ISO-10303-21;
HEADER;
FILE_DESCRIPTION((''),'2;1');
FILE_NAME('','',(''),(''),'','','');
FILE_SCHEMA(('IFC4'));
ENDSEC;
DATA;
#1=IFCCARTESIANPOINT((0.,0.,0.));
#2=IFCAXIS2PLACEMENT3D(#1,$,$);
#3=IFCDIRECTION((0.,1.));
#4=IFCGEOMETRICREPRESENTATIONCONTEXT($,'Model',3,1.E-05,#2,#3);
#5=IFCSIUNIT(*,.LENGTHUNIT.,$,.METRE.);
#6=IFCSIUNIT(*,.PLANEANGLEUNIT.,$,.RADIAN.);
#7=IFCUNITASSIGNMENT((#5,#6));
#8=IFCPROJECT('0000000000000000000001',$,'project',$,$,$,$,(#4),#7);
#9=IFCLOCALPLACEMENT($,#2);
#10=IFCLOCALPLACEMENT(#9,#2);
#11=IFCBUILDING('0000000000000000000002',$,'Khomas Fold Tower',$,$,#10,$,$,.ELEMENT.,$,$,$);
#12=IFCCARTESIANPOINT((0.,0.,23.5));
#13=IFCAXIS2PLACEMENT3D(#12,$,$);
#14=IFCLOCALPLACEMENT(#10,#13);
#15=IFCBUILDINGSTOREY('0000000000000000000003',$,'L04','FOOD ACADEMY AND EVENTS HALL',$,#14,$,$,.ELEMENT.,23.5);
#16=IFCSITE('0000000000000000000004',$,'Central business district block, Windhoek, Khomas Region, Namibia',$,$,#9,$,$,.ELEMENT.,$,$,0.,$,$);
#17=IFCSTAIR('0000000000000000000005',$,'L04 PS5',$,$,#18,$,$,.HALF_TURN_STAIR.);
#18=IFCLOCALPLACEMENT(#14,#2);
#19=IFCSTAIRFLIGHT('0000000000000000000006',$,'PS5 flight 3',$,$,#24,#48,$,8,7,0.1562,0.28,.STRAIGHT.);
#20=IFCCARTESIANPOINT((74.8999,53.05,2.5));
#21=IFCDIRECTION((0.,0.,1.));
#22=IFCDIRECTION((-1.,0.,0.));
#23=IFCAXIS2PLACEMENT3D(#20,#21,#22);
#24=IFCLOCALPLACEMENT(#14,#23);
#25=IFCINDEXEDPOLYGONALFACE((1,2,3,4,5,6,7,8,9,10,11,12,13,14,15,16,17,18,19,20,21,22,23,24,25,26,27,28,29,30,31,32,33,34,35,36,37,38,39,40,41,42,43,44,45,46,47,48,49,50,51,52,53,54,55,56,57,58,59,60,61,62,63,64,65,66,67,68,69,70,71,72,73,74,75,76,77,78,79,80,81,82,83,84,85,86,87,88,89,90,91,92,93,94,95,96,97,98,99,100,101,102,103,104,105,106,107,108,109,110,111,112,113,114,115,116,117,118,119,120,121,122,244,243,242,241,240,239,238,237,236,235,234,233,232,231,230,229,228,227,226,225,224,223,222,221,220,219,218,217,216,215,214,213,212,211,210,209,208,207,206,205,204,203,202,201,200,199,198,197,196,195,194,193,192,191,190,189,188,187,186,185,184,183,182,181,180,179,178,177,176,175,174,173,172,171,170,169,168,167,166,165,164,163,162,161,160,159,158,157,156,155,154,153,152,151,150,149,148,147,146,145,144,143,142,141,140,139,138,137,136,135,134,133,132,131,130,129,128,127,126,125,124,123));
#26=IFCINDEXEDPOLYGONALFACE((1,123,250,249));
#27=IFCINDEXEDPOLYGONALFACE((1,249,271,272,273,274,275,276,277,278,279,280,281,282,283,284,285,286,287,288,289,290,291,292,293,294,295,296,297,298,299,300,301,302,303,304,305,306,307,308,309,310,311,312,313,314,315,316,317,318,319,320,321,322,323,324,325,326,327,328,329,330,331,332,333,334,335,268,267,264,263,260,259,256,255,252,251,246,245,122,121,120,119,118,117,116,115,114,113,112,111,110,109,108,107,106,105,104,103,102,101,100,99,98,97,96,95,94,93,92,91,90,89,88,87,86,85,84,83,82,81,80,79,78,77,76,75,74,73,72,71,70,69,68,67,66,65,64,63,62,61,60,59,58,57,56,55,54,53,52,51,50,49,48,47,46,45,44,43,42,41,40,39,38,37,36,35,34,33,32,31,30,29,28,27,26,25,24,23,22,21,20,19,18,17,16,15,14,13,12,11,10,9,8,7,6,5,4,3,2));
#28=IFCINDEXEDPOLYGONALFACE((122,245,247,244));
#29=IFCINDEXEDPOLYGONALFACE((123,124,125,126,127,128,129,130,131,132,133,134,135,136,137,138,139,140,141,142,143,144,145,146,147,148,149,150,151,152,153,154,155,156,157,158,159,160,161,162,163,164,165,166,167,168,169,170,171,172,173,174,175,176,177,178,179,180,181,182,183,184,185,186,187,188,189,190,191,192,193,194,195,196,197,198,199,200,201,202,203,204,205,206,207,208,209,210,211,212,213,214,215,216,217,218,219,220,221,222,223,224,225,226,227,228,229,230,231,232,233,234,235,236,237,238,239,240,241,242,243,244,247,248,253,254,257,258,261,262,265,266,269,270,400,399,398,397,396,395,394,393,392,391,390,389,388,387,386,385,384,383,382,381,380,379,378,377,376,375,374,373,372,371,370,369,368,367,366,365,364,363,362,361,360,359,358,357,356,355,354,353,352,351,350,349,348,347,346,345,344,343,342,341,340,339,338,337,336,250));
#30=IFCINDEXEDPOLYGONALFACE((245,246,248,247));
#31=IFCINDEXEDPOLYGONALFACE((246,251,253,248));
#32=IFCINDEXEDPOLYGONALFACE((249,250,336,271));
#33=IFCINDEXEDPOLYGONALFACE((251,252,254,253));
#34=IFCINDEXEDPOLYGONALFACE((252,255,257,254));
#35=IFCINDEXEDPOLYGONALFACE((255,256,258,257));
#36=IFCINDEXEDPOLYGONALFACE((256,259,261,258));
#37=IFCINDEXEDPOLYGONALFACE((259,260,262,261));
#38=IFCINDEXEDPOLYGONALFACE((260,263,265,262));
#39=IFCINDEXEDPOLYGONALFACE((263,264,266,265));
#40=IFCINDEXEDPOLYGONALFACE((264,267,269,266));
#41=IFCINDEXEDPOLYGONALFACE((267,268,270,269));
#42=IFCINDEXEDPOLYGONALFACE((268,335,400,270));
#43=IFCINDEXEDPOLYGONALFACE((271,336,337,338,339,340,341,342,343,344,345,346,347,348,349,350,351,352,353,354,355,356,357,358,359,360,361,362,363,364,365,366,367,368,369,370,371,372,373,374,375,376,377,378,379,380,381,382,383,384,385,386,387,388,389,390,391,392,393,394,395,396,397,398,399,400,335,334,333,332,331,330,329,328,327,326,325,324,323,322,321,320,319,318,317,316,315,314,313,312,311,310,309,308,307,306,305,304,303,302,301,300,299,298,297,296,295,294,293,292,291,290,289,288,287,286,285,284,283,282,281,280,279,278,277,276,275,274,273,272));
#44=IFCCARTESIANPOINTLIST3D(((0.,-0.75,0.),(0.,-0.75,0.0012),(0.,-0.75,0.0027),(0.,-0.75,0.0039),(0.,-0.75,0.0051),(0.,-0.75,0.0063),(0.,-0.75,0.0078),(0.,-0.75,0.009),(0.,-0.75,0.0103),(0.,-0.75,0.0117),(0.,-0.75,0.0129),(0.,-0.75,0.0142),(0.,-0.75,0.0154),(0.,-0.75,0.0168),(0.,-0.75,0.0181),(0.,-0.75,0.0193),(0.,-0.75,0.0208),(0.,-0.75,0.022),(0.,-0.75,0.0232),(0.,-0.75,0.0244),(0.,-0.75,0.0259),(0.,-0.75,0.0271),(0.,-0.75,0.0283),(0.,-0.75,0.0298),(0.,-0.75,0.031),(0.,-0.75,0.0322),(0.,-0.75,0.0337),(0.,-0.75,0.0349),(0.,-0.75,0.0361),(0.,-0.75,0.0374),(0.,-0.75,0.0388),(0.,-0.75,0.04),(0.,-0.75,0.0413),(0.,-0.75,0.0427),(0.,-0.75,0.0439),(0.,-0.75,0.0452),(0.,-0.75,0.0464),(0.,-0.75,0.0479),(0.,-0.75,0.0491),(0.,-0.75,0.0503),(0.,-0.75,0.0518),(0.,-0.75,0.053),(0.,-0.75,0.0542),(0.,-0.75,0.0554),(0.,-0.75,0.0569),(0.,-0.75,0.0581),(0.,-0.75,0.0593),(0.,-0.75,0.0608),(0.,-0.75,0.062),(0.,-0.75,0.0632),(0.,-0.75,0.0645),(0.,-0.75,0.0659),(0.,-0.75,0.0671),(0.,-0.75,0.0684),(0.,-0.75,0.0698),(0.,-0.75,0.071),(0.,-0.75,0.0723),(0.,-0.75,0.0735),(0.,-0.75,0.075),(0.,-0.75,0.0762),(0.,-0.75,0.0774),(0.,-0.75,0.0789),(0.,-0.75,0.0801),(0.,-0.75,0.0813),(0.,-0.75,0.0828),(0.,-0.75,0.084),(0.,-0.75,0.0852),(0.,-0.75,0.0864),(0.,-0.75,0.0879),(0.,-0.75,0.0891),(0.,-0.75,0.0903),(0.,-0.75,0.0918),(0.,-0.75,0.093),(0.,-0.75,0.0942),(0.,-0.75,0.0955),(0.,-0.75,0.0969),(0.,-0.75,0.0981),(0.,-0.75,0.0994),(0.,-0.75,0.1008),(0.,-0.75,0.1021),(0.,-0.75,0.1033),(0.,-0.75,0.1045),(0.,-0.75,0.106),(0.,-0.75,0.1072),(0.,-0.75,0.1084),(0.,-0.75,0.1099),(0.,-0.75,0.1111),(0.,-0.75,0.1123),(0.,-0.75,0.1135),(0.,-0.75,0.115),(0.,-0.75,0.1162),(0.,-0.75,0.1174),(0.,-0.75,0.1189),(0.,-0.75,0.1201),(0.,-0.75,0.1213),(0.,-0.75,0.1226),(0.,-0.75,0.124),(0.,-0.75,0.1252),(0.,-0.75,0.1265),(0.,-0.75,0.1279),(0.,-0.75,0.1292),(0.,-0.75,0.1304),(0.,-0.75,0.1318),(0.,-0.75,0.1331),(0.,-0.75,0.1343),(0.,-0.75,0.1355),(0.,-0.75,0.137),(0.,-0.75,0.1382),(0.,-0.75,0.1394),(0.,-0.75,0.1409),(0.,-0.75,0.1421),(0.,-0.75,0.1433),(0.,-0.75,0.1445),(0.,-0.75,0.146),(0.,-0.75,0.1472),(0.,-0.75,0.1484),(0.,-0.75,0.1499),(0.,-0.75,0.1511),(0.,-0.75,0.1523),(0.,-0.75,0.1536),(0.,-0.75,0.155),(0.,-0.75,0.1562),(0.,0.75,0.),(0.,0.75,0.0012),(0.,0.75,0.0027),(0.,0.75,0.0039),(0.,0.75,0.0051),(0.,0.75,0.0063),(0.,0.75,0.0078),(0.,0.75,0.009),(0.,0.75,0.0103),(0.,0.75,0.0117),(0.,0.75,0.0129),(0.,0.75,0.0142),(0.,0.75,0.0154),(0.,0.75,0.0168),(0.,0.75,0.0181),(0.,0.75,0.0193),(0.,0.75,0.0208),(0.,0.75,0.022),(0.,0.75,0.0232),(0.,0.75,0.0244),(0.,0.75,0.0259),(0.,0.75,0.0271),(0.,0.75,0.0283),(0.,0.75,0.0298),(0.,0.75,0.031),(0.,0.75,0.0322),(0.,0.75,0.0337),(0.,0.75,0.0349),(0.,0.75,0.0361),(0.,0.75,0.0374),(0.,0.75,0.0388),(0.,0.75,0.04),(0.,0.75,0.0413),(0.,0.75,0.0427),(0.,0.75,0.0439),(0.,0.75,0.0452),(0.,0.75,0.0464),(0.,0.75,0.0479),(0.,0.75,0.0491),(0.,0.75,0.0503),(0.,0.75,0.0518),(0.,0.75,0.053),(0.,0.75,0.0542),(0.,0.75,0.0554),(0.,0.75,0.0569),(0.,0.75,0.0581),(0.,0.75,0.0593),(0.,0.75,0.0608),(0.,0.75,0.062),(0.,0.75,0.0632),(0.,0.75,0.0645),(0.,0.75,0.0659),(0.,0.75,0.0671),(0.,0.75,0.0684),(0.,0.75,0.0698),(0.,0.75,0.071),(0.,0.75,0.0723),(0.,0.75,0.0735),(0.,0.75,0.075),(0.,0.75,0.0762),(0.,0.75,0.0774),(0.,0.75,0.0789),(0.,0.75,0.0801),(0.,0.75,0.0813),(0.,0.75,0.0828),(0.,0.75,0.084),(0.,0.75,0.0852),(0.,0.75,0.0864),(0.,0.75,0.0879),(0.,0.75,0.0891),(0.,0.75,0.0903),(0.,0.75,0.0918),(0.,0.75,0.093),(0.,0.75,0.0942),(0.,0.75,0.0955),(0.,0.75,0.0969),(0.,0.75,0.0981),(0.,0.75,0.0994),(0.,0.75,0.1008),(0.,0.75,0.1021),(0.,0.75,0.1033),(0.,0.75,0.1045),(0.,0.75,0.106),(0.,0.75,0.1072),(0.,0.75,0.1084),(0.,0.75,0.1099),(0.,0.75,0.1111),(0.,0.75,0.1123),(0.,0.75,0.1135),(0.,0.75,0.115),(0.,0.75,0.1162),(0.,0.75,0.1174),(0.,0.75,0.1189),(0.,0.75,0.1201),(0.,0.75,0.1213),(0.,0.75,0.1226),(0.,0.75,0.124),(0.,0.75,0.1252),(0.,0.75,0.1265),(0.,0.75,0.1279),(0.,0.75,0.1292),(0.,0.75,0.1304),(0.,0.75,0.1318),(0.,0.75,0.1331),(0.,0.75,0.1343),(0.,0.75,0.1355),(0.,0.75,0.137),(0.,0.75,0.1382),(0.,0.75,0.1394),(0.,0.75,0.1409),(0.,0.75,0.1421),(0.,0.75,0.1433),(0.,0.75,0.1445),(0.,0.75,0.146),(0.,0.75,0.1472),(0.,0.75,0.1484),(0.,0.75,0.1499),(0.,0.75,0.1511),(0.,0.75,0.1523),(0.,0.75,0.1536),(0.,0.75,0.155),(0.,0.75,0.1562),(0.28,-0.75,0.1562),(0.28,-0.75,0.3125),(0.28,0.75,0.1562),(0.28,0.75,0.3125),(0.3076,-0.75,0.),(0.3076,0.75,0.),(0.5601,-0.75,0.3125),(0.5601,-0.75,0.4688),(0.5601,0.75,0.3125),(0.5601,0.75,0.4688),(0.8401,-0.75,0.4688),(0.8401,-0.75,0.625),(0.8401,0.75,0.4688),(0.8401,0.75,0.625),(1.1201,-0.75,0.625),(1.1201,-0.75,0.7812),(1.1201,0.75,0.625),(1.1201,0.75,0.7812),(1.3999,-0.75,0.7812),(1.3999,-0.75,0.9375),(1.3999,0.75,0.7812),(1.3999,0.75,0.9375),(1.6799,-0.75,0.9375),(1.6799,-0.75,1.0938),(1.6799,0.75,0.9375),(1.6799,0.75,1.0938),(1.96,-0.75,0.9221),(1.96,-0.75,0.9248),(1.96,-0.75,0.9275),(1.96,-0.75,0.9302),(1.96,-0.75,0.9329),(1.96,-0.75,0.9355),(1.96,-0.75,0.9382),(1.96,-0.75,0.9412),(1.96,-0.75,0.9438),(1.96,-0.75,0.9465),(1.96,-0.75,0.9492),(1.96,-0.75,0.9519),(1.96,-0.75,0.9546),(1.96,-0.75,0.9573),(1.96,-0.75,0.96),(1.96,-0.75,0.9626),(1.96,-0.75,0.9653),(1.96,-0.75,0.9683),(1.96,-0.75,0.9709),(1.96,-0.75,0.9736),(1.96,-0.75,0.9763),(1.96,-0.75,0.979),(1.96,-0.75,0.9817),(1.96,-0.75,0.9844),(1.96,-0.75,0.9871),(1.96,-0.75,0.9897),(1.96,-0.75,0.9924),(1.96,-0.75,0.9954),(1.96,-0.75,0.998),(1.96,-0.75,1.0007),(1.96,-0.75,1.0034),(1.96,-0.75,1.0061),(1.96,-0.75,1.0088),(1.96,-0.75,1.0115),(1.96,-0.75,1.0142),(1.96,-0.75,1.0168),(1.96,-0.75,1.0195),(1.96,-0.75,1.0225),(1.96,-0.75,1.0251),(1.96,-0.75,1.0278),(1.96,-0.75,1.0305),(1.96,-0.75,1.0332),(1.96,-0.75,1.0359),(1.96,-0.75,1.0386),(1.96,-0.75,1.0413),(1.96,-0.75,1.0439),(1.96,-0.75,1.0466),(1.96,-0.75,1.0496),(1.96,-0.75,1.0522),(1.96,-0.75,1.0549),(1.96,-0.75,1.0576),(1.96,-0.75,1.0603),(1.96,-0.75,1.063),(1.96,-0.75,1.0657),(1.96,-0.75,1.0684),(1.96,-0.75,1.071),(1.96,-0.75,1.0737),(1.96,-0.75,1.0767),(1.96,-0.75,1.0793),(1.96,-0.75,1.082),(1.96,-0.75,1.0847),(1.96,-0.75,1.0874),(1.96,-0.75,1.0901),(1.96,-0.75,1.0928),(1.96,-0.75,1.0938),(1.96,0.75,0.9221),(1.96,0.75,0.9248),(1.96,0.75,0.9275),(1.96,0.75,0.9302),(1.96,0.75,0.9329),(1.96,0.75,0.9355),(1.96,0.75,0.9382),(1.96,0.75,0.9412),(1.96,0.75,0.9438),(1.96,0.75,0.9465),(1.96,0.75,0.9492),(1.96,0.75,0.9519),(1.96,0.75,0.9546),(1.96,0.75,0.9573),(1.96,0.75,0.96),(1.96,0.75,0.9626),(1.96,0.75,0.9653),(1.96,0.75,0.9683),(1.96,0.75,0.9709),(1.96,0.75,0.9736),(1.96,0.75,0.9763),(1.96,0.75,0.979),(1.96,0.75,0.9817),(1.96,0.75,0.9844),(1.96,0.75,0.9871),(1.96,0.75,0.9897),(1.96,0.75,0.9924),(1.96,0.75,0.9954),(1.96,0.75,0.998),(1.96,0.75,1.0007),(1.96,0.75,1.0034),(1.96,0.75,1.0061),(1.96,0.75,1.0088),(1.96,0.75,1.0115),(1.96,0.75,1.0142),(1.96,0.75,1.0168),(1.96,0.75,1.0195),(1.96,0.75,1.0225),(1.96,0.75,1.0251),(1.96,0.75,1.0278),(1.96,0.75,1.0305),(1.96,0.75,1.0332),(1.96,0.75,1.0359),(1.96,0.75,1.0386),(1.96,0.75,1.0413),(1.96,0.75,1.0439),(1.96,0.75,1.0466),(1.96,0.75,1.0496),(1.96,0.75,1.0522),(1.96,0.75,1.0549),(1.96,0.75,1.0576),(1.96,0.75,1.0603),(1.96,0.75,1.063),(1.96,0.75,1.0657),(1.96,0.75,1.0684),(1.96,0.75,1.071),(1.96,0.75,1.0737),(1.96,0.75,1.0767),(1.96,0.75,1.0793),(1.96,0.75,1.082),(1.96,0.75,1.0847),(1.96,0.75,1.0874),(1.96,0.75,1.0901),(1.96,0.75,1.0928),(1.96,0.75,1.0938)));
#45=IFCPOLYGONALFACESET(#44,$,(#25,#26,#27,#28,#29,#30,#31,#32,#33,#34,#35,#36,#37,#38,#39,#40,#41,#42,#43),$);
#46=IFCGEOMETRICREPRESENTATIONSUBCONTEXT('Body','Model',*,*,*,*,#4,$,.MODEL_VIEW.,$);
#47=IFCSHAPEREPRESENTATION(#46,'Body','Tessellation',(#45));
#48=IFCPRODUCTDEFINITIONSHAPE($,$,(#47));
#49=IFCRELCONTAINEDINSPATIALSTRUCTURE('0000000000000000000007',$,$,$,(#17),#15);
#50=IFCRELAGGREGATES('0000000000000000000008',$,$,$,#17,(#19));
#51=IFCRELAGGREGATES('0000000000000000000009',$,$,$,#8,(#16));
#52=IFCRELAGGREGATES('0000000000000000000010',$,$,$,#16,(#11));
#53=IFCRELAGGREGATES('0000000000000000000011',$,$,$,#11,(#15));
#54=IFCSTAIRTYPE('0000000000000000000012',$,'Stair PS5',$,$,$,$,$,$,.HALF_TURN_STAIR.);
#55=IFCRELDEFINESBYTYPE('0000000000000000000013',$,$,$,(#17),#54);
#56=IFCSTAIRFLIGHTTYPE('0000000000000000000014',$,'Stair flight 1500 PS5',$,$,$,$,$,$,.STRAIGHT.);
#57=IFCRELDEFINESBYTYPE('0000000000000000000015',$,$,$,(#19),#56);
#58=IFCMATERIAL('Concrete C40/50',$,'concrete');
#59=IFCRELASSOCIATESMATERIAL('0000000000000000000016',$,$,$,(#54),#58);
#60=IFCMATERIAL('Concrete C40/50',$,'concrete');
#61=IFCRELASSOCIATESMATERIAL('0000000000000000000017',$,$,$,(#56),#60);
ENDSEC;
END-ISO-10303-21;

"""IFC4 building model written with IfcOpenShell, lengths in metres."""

from ifc_helpers import new_model, si_unit, direction, frame, origin, place, context, subcontext, project, spatial, polyline, outline, extrude, source, transform, mapped, material, type_object, element, aggregate, save


model = new_model("IFC4")

# Units and contexts
model_context = context("Model", 3, precision=1e-05, world=origin(), true_north=direction((0.0, 1.0)))
body_context = subcontext(model_context, "Body", "Model", "MODEL_VIEW")
ifc_project = project(units=[si_unit("LENGTHUNIT", "METRE"), si_unit("PLANEANGLEUNIT", "RADIAN")], contexts=[model_context])

# Site, building, storey
site_placement = place(None, origin())
site = spatial("IfcSite", under=ifc_project, at=site_placement, Name="Central business district block, Windhoek, Khomas Region, Namibia", CompositionType="ELEMENT", RefElevation=0.0)
building_placement = place(site_placement, origin())
building = spatial("IfcBuilding", under=site, at=building_placement, Name="Khomas Fold Tower", CompositionType="ELEMENT")
storey_placement = place(building_placement, frame((0.0, 0.0, 23.5)))
storey = spatial("IfcBuildingStorey", under=building, at=storey_placement, Name="L04", Description="FOOD ACADEMY AND EVENTS HALL", CompositionType="ELEMENT", Elevation=23.5)

# Stair, stair flight
ifc_material_1 = material(Name="Concrete C40/50", Category="concrete")
stair_type = type_object("IfcStairType", Name="Stair PS5", PredefinedType="HALF_TURN_STAIR", material=ifc_material_1)
stair_placement = place(storey_placement, origin())
stair = element("IfcStair", 1, at=stair_placement, inside=storey, type_object=stair_type, Name="L04 PS5", PredefinedType="HALF_TURN_STAIR")
ifc_material_2 = material(Name="Concrete C40/50", Category="concrete")
stair_flight_type = type_object("IfcStairFlightType", Name="Stair flight 1500 PS5", PredefinedType="STRAIGHT", material=ifc_material_2)
shared_shape_1 = source(origin(), body_context, "Body", "SweptSolid", [
    extrude(outline(polyline([(0.0, 0.0), (0.0, 0.0012), (0.0, 0.0027), (0.0, 0.0039), (0.0, 0.0051), (0.0, 0.0063), (0.0, 0.0078), (0.0, 0.009), (0.0, 0.0103), (0.0, 0.0117), (0.0, 0.0129), (0.0, 0.0142), (0.0, 0.0154), (0.0, 0.0168), (0.0, 0.0181), (0.0, 0.0193), (0.0, 0.0208), (0.0, 0.022), (0.0, 0.0232), (0.0, 0.0244), (0.0, 0.0259), (0.0, 0.0271), (0.0, 0.0283), (0.0, 0.0298), (0.0, 0.031), (0.0, 0.0322), (0.0, 0.0337), (0.0, 0.0349), (0.0, 0.0361), (0.0, 0.0374), (0.0, 0.0388), (0.0, 0.04), (0.0, 0.0413), (0.0, 0.0427), (0.0, 0.0439), (0.0, 0.0452), (0.0, 0.0464), (0.0, 0.0479), (0.0, 0.0491), (0.0, 0.0503), (0.0, 0.0518), (0.0, 0.053), (0.0, 0.0542), (0.0, 0.0554), (0.0, 0.0569), (0.0, 0.0581), (0.0, 0.0593), (0.0, 0.0608), (0.0, 0.062), (0.0, 0.0632), (0.0, 0.0645), (0.0, 0.0659), (0.0, 0.0671), (0.0, 0.0684), (0.0, 0.0698), (0.0, 0.071), (0.0, 0.0723), (0.0, 0.0735), (0.0, 0.075), (0.0, 0.0762), (0.0, 0.0774), (0.0, 0.0789), (0.0, 0.0801), (0.0, 0.0813), (0.0, 0.0828), (0.0, 0.084), (0.0, 0.0852), (0.0, 0.0864), (0.0, 0.0879), (0.0, 0.0891), (0.0, 0.0903), (0.0, 0.0918), (0.0, 0.093), (0.0, 0.0942), (0.0, 0.0955), (0.0, 0.0969), (0.0, 0.0981), (0.0, 0.0994), (0.0, 0.1008), (0.0, 0.1021), (0.0, 0.1033), (0.0, 0.1045), (0.0, 0.106), (0.0, 0.1072), (0.0, 0.1084), (0.0, 0.1099), (0.0, 0.1111), (0.0, 0.1123), (0.0, 0.1135), (0.0, 0.115), (0.0, 0.1162), (0.0, 0.1174), (0.0, 0.1189), (0.0, 0.1201), (0.0, 0.1213), (0.0, 0.1226), (0.0, 0.124), (0.0, 0.1252), (0.0, 0.1265), (0.0, 0.1279), (0.0, 0.1292), (0.0, 0.1304), (0.0, 0.1318), (0.0, 0.1331), (0.0, 0.1343), (0.0, 0.1355), (0.0, 0.137), (0.0, 0.1382), (0.0, 0.1394), (0.0, 0.1409), (0.0, 0.1421), (0.0, 0.1433), (0.0, 0.1445), (0.0, 0.146), (0.0, 0.1472), (0.0, 0.1484), (0.0, 0.1499), (0.0, 0.1511), (0.0, 0.1523), (0.0, 0.1536), (0.0, 0.155), (0.0, 0.1562), (0.28, 0.1562), (0.28, 0.3125), (0.5601, 0.3125), (0.5601, 0.4688), (0.8401, 0.4688), (0.8401, 0.625), (1.1201, 0.625), (1.1201, 0.7812), (1.3999, 0.7812), (1.3999, 0.9375), (1.6799, 0.9375), (1.6799, 1.0938), (1.96, 1.0938), (1.96, 1.25), (1.96, 1.2473), (1.96, 1.2446), (1.96, 1.2419), (1.96, 1.2393), (1.96, 1.2363), (1.96, 1.2336), (1.96, 1.231), (1.96, 1.2283), (1.96, 1.2256), (1.96, 1.2229), (1.96, 1.2202), (1.96, 1.2175), (1.96, 1.2148), (1.96, 1.2122), (1.96, 1.2092), (1.96, 1.2065), (1.96, 1.2039), (1.96, 1.2012), (1.96, 1.1985), (1.96, 1.1958), (1.96, 1.1931), (1.96, 1.1904), (1.96, 1.1877), (1.96, 1.1851), (1.96, 1.1821), (1.96, 1.1794), (1.96, 1.1768), (1.96, 1.1741), (1.96, 1.1714), (1.96, 1.1687), (1.96, 1.166), (1.96, 1.1633), (1.96, 1.1606), (1.96, 1.158), (1.96, 1.155), (1.96, 1.1523), (1.96, 1.1497), (1.96, 1.147), (1.96, 1.1443), (1.96, 1.1416), (1.96, 1.1389), (1.96, 1.1362), (1.96, 1.1335), (1.96, 1.1309), (1.96, 1.1279), (1.96, 1.1252), (1.96, 1.1226), (1.96, 1.1199), (1.96, 1.1172), (1.96, 1.1145), (1.96, 1.1118), (1.96, 1.1091), (1.96, 1.1064), (1.96, 1.1038), (1.96, 1.1008), (1.96, 1.0981), (1.96, 1.0955), (1.96, 1.0928), (1.96, 1.0901), (1.96, 1.0874), (1.96, 1.0847), (1.96, 1.082), (1.96, 1.0793), (1.96, 1.0767), (1.96, 1.0737), (1.96, 1.071), (1.96, 1.0684), (1.96, 1.0657), (1.96, 1.063), (1.96, 1.0603), (1.96, 1.0576), (1.96, 1.0549), (1.96, 1.0522), (1.96, 1.0496), (1.96, 1.0466), (1.96, 1.0439), (1.96, 1.0413), (1.96, 1.0386), (1.96, 1.0359), (1.96, 1.0332), (1.96, 1.0305), (1.96, 1.0278), (1.96, 1.0251), (1.96, 1.0225), (1.96, 1.0195), (1.96, 1.0168), (1.96, 1.0142), (1.96, 1.0115), (1.96, 1.0088), (1.96, 1.0061), (1.96, 1.0034), (1.96, 1.0007), (1.96, 0.998), (1.96, 0.9954), (1.96, 0.9924), (1.96, 0.9897), (1.96, 0.9871), (1.96, 0.9844), (1.96, 0.9817), (1.96, 0.979), (1.96, 0.9763), (1.96, 0.9736), (1.96, 0.9709), (1.96, 0.9683), (1.96, 0.9653), (1.96, 0.9626), (1.96, 0.96), (1.96, 0.9573), (1.96, 0.9546), (1.96, 0.9519), (1.96, 0.9492), (1.96, 0.9465), (1.96, 0.9438), (1.96, 0.9412), (1.96, 0.9382), (1.96, 0.9355), (1.96, 0.9329), (1.96, 0.9302), (1.96, 0.9275), (1.96, 0.9248), (1.96, 0.9221), (0.3076, 0.0), (0.0, 0.0)])), frame((0.0, 0.75, 0.0), z_axis=(0.0, -1.0, 0.0), x_axis=(1.0, 0.0, 0.0)), (0.0, 0.0, 1.0), 1.5),
])
stair_flight_1_placement = place(storey_placement, frame((74.8999, 53.05, 2.5), z_axis=(0.0, 0.0, 1.0), x_axis=(-1.0, 0.0, 0.0)))
stair_flight_1 = element("IfcStairFlight", 2, at=stair_flight_1_placement, type_object=stair_flight_type, Name="PS5 flight 3", NumberOfRisers=8, NumberOfTreads=7, PredefinedType="STRAIGHT", RiserHeight=0.1562, TreadLength=0.28, context=body_context, shape_type="MappedRepresentation", body=[
    mapped(shared_shape_1, transform((0.0, 0.0, 0.0))),
])
aggregate(stair, [stair_flight_1])

save(model, "model.ifc")
